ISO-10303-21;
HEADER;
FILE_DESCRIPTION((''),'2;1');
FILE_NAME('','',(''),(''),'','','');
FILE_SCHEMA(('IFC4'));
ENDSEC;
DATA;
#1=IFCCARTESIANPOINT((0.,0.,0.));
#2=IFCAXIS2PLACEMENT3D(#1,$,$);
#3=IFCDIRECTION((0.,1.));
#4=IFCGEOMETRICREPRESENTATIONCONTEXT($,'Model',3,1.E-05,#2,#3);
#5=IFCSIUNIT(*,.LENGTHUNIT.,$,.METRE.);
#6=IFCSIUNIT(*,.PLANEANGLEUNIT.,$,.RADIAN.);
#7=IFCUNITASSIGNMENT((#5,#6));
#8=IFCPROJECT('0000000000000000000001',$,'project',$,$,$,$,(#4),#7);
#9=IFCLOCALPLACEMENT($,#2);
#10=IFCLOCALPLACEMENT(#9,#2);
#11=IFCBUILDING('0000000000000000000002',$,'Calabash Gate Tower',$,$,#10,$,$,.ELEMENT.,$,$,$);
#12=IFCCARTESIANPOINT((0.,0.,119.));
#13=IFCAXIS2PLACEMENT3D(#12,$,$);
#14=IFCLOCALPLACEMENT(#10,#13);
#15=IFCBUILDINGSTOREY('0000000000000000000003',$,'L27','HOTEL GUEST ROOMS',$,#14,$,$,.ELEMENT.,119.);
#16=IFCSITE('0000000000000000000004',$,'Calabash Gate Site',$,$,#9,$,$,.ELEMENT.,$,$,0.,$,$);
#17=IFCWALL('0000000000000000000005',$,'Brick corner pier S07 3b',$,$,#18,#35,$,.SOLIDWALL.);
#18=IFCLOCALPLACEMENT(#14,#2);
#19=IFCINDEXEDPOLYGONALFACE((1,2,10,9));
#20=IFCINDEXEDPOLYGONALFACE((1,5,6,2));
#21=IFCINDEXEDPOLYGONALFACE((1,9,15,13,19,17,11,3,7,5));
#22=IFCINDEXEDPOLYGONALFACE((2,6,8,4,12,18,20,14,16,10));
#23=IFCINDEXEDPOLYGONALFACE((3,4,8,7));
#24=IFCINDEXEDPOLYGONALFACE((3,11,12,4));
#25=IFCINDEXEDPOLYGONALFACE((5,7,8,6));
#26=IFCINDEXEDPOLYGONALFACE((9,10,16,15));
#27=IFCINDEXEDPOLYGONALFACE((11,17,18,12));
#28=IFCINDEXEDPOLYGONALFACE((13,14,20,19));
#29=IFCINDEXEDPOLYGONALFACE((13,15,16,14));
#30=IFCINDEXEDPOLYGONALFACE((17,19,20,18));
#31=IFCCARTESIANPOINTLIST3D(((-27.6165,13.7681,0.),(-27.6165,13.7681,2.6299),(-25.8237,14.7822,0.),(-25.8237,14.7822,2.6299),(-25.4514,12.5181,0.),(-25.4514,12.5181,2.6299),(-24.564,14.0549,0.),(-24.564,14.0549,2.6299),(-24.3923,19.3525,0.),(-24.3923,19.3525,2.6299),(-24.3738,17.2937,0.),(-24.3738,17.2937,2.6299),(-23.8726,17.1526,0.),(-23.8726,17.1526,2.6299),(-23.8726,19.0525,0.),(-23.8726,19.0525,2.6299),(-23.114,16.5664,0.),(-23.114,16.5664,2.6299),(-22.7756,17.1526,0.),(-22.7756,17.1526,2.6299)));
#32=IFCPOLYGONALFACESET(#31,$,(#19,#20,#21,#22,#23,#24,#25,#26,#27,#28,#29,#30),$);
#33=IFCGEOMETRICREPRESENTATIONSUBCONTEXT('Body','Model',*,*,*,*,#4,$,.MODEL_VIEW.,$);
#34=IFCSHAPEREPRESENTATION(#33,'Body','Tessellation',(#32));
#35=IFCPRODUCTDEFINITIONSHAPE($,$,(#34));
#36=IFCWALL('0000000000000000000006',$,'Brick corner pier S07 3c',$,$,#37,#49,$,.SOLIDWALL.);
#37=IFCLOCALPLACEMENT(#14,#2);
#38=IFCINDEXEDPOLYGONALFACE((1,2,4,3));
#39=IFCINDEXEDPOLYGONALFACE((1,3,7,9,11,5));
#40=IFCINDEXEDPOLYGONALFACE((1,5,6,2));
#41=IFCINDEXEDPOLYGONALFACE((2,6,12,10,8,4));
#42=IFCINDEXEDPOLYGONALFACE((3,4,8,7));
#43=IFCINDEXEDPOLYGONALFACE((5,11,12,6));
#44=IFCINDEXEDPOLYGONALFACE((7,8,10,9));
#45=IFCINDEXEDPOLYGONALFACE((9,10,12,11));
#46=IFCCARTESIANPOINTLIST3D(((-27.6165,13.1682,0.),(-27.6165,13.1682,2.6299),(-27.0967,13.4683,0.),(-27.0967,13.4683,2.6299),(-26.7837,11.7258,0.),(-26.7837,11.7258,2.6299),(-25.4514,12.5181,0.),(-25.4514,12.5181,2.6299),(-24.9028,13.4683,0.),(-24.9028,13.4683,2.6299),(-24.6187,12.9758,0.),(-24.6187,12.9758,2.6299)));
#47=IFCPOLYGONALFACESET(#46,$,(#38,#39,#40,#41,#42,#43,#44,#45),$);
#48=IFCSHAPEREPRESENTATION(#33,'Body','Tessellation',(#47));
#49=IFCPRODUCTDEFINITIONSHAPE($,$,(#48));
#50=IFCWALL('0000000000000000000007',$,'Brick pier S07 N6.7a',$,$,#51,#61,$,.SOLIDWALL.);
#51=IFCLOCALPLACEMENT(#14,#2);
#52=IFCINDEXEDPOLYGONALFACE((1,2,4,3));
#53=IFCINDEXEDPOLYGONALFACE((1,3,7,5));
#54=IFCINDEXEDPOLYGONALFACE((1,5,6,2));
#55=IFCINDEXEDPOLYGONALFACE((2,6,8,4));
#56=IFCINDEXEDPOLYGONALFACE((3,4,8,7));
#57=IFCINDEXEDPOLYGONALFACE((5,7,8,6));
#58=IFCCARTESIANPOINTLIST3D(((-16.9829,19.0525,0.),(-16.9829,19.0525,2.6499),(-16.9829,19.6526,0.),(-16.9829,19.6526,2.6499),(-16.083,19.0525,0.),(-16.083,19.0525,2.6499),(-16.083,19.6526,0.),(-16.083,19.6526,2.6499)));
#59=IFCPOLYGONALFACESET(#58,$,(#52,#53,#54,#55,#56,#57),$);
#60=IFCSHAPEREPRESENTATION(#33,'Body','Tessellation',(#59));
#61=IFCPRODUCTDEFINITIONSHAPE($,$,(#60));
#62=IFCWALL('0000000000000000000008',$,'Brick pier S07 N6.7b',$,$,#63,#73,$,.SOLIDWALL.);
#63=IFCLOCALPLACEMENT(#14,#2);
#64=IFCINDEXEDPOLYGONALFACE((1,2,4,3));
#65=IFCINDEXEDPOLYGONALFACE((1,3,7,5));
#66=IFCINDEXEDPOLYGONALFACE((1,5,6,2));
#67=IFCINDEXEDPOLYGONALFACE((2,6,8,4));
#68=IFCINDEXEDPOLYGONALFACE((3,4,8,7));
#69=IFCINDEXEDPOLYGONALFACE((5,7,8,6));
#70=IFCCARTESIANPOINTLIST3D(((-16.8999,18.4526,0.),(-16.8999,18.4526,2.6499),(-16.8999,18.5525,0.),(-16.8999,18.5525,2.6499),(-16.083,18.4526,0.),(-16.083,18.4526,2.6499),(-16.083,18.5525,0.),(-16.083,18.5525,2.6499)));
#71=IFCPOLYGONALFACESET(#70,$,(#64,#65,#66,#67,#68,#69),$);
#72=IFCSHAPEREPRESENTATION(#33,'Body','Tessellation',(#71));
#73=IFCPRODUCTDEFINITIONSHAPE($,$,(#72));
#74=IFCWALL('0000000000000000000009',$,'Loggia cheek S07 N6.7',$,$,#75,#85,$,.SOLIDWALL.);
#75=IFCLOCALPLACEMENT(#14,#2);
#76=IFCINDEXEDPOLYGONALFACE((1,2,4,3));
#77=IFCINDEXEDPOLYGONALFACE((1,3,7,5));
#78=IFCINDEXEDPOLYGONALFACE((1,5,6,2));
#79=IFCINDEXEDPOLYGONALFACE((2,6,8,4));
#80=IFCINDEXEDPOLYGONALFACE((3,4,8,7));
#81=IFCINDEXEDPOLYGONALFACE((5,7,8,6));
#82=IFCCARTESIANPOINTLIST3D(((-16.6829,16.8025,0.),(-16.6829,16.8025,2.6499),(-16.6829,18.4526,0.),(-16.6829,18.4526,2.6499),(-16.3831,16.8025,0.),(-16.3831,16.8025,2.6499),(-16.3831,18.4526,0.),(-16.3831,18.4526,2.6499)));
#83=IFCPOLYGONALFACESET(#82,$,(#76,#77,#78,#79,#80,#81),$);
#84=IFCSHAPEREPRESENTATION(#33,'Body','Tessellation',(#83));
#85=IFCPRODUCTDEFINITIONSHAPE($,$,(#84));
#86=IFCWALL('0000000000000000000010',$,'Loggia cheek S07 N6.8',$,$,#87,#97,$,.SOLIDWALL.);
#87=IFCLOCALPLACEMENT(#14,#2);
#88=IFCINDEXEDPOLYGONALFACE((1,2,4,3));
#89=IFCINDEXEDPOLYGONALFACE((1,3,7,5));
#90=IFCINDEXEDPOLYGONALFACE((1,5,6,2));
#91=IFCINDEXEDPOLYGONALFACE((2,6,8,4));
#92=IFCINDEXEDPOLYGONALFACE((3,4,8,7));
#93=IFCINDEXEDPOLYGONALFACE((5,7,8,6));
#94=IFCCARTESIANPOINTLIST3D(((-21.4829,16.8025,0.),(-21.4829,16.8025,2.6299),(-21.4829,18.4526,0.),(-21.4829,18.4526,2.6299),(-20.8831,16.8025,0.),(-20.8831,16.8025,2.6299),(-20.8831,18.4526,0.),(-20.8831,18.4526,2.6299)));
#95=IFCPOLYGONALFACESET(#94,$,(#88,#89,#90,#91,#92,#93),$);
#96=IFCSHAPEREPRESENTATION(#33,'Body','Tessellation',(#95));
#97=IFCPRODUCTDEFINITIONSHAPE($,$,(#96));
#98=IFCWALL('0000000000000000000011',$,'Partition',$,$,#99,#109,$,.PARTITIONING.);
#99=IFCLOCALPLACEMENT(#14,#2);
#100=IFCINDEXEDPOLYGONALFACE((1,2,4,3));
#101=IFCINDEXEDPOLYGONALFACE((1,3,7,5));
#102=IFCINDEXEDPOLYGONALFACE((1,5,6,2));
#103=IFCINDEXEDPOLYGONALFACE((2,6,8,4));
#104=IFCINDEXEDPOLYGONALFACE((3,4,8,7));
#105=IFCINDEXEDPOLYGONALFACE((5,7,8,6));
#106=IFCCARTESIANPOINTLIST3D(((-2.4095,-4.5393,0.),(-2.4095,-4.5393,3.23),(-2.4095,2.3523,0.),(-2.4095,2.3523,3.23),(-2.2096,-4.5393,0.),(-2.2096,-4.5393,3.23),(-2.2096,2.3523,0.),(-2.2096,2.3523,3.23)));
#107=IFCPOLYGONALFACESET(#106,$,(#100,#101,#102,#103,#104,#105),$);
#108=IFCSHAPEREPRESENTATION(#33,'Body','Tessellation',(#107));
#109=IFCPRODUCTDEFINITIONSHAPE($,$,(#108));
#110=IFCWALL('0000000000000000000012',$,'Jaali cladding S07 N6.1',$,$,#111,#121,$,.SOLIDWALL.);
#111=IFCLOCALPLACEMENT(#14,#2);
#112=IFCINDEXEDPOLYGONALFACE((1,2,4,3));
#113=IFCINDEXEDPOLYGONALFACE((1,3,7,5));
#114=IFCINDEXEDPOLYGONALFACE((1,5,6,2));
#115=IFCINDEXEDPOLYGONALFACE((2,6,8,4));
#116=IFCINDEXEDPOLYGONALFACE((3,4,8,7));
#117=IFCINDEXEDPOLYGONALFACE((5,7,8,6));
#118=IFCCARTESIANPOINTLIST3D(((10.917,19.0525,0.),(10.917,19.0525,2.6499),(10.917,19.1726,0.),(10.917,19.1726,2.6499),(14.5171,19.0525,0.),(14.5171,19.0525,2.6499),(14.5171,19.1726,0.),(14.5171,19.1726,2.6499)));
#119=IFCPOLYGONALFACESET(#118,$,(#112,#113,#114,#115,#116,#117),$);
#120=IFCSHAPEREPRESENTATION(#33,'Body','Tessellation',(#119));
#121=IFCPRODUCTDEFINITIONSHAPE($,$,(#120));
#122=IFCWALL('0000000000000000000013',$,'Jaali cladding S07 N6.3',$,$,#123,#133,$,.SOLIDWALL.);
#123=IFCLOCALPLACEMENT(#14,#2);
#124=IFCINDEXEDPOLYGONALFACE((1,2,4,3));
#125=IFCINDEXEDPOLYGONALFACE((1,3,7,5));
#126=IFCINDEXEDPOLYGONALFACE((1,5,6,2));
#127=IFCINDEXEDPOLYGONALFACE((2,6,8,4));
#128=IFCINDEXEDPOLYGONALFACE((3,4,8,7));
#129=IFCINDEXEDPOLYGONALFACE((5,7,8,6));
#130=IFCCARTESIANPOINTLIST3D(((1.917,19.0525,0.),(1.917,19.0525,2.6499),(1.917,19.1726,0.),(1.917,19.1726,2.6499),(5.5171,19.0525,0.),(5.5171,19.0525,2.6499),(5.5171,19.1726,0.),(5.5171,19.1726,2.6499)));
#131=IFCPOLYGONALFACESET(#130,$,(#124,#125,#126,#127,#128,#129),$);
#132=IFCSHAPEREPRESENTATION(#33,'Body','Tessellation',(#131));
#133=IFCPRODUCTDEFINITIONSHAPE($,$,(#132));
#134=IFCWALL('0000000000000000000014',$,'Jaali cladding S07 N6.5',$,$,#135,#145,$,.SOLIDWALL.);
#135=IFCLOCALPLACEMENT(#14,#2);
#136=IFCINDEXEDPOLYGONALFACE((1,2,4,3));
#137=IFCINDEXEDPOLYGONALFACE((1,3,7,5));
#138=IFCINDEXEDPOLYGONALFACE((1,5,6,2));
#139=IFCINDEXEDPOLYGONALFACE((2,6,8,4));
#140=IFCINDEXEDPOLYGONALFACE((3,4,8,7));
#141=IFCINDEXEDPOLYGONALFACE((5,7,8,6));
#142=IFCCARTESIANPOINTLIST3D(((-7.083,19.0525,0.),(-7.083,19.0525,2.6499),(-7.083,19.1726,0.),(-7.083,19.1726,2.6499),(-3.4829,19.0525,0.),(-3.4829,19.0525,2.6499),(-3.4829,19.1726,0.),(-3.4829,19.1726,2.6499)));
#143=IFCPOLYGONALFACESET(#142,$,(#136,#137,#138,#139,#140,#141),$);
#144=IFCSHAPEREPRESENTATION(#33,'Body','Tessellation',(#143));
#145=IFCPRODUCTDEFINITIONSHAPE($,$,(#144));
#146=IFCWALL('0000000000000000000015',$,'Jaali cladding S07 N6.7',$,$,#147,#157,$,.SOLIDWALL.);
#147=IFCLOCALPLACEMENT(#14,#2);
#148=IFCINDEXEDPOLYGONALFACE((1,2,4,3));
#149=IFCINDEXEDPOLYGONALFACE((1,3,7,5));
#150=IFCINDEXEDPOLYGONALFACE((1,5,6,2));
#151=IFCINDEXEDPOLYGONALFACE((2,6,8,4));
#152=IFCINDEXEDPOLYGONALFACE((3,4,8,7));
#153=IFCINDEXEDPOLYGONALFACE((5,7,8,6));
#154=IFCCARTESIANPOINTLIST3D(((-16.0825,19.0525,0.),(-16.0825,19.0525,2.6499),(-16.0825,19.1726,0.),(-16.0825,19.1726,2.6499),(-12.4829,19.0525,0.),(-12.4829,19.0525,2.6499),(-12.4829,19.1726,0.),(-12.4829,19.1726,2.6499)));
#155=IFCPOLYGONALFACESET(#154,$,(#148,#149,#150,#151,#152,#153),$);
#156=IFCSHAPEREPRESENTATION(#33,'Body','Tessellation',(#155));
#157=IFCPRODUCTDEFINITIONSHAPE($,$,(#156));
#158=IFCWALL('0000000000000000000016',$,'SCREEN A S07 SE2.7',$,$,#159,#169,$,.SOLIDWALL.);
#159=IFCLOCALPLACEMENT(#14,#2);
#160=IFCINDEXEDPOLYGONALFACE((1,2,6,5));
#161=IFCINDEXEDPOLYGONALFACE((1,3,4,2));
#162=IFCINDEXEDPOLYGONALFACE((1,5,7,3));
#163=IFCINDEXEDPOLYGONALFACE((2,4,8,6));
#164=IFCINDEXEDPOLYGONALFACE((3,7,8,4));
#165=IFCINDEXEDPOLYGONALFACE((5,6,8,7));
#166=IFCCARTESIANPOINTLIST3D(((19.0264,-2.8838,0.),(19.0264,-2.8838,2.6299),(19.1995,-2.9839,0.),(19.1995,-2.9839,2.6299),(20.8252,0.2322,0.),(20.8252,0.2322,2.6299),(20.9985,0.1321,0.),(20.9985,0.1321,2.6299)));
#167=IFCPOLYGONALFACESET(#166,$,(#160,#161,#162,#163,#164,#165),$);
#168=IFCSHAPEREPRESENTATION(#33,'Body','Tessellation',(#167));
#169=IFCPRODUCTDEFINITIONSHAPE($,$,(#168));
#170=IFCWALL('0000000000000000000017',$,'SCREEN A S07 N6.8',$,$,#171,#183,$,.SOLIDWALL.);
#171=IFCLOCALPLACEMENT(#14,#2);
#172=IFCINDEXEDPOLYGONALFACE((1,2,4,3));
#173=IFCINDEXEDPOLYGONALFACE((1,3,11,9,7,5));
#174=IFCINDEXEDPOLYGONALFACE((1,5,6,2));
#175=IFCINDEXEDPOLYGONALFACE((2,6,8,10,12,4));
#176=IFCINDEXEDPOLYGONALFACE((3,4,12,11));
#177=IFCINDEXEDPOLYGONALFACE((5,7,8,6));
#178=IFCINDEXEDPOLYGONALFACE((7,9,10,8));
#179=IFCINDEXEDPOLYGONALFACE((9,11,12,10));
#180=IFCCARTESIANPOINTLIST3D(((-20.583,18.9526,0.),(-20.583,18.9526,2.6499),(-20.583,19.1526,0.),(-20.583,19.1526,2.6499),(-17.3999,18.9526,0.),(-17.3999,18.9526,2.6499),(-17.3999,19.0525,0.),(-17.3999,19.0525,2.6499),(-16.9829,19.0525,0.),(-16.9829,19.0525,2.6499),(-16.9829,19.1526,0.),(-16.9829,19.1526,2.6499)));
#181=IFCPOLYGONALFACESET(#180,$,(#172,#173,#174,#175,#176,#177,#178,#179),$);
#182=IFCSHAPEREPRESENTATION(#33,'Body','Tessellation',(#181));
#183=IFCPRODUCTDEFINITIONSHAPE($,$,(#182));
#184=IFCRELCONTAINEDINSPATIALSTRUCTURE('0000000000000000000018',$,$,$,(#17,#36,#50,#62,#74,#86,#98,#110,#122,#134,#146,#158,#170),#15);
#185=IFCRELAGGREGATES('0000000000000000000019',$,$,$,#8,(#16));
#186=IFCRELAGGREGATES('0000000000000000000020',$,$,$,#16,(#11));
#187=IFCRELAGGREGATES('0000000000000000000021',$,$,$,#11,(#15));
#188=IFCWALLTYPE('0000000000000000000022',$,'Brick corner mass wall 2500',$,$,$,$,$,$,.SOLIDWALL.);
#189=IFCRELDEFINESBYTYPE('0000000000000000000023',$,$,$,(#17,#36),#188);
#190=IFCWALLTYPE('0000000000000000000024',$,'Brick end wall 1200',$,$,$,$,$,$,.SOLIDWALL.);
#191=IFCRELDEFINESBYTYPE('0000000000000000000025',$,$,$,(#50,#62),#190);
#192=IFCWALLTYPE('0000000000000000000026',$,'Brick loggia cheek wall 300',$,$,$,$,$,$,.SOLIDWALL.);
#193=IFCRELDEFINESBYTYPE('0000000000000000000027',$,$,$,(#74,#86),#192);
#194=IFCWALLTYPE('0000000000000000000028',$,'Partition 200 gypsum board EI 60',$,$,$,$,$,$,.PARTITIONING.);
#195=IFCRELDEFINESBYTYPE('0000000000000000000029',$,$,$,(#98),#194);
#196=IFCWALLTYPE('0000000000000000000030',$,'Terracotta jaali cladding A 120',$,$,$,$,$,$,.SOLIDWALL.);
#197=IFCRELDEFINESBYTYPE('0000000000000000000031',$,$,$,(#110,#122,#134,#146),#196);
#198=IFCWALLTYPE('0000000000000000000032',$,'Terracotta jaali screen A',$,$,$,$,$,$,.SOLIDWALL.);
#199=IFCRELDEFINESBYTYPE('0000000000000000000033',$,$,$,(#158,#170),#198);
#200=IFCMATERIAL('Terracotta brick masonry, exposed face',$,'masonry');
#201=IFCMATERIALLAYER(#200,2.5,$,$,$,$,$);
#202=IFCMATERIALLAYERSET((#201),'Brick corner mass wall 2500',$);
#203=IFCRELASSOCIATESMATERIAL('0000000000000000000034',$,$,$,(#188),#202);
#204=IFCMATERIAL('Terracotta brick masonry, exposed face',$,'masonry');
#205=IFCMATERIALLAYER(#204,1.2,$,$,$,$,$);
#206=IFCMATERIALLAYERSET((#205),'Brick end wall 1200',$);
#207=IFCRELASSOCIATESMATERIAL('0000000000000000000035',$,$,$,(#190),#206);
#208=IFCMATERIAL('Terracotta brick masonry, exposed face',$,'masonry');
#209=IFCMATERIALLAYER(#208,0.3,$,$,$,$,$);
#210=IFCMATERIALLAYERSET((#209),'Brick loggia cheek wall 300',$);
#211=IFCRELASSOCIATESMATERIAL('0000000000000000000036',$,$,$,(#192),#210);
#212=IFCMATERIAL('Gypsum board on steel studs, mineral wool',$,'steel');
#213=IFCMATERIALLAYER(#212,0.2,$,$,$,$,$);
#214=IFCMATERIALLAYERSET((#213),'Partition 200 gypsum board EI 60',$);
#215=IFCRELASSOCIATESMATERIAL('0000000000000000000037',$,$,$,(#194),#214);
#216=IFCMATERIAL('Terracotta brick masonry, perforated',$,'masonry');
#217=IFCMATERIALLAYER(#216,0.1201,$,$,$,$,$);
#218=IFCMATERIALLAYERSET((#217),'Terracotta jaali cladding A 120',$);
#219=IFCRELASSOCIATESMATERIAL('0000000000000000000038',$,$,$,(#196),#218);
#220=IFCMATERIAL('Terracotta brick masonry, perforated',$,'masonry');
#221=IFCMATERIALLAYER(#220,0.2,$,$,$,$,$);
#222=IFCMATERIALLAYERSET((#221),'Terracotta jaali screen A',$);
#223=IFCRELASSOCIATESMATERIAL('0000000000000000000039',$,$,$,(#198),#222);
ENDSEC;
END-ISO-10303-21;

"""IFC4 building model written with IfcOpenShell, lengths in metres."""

from ifc_helpers import new_model, si_unit, direction, frame, frame_2d, origin, place, context, subcontext, project, spatial, polyline, rectangle, outline, extrude, material, layer, layer_set, type_object, element, save


model = new_model("IFC4")

# Units and contexts
model_context = context("Model", 3, precision=1e-05, world=origin(), true_north=direction((0.0, 1.0)))
body_context = subcontext(model_context, "Body", "Model", "MODEL_VIEW")
ifc_project = project(units=[si_unit("LENGTHUNIT", "METRE"), si_unit("PLANEANGLEUNIT", "RADIAN")], contexts=[model_context])

# Site, building, storey
site_placement = place(None, origin())
site = spatial("IfcSite", under=ifc_project, at=site_placement, Name="Calabash Gate Site", CompositionType="ELEMENT", RefElevation=0.0)
building_placement = place(site_placement, origin())
building = spatial("IfcBuilding", under=site, at=building_placement, Name="Calabash Gate Tower", CompositionType="ELEMENT")
storey_placement = place(building_placement, frame((0.0, 0.0, 119.0)))
storey = spatial("IfcBuildingStorey", under=building, at=storey_placement, Name="L27", Description="HOTEL GUEST ROOMS", CompositionType="ELEMENT", Elevation=119.0)

# Walls
ifc_material_1 = material(Name="Terracotta brick masonry, exposed face", Category="masonry")
ifc_layer_1 = layer(ifc_material_1, 2.5)
ifc_layer_set_1 = layer_set([ifc_layer_1], Name="Brick corner mass wall 2500")
wall_type_1 = type_object("IfcWallType", Name="Brick corner mass wall 2500", PredefinedType="SOLIDWALL", material=ifc_layer_set_1)
wall_1_placement = place(storey_placement, origin())
element("IfcWall", 1, at=wall_1_placement, inside=storey, type_object=wall_type_1, Name="Brick corner pier S07 3b", PredefinedType="SOLIDWALL", context=body_context, shape_type="SweptSolid", body=[
    extrude(outline(polyline([(-23.114, 16.5664), (-22.7756, 17.1526), (-23.8726, 17.1526), (-23.8726, 19.0525), (-24.3923, 19.3525), (-27.6165, 13.7681), (-25.4514, 12.5181), (-24.564, 14.0549), (-25.8237, 14.7822), (-24.3738, 17.2937), (-23.114, 16.5664)])), origin(), (0.0, 0.0, 1.0), 2.6299),
])
wall_2_placement = place(storey_placement, origin())
element("IfcWall", 2, at=wall_2_placement, inside=storey, type_object=wall_type_1, Name="Brick corner pier S07 3c", PredefinedType="SOLIDWALL", context=body_context, shape_type="SweptSolid", body=[
    extrude(outline(polyline([(-26.7837, 11.7258), (-24.6187, 12.9758), (-24.9028, 13.4683), (-25.4514, 12.5181), (-27.0967, 13.4683), (-27.6165, 13.1682), (-26.7837, 11.7258)])), origin(), (0.0, 0.0, 1.0), 2.6299),
])
ifc_material_2 = material(Name="Terracotta brick masonry, exposed face", Category="masonry")
ifc_layer_2 = layer(ifc_material_2, 1.2)
ifc_layer_set_2 = layer_set([ifc_layer_2], Name="Brick end wall 1200")
wall_type_2 = type_object("IfcWallType", Name="Brick end wall 1200", PredefinedType="SOLIDWALL", material=ifc_layer_set_2)
wall_3_placement = place(storey_placement, origin())
element("IfcWall", 3, at=wall_3_placement, inside=storey, type_object=wall_type_2, Name="Brick pier S07 N6.7a", PredefinedType="SOLIDWALL", context=body_context, shape_type="SweptSolid", body=[
    extrude(outline(polyline([(-16.083, 19.0525), (-16.083, 19.6526), (-16.9829, 19.6526), (-16.9829, 19.0525), (-16.083, 19.0525)])), origin(), (0.0, 0.0, 1.0), 2.6499),
])
wall_4_placement = place(storey_placement, origin())
element("IfcWall", 4, at=wall_4_placement, inside=storey, type_object=wall_type_2, Name="Brick pier S07 N6.7b", PredefinedType="SOLIDWALL", context=body_context, shape_type="SweptSolid", body=[
    extrude(outline(polyline([(-16.083, 18.4526), (-16.083, 18.5525), (-16.8999, 18.5525), (-16.8999, 18.4526), (-16.083, 18.4526)])), origin(), (0.0, 0.0, 1.0), 2.6499),
])
ifc_material_3 = material(Name="Terracotta brick masonry, exposed face", Category="masonry")
ifc_layer_3 = layer(ifc_material_3, 0.3)
ifc_layer_set_3 = layer_set([ifc_layer_3], Name="Brick loggia cheek wall 300")
wall_type_3 = type_object("IfcWallType", Name="Brick loggia cheek wall 300", PredefinedType="SOLIDWALL", material=ifc_layer_set_3)
wall_5_placement = place(storey_placement, origin())
element("IfcWall", 5, at=wall_5_placement, inside=storey, type_object=wall_type_3, Name="Loggia cheek S07 N6.7", PredefinedType="SOLIDWALL", context=body_context, shape_type="SweptSolid", body=[
    extrude(outline(polyline([(-16.3831, 16.8025), (-16.3831, 18.4526), (-16.6829, 18.4526), (-16.6829, 16.8025), (-16.3831, 16.8025)])), origin(), (0.0, 0.0, 1.0), 2.6499),
])
wall_6_placement = place(storey_placement, origin())
element("IfcWall", 6, at=wall_6_placement, inside=storey, type_object=wall_type_3, Name="Loggia cheek S07 N6.8", PredefinedType="SOLIDWALL", context=body_context, shape_type="SweptSolid", body=[
    extrude(outline(polyline([(-21.4829, 18.4526), (-21.4829, 16.8025), (-20.8831, 16.8025), (-20.8831, 18.4526), (-21.4829, 18.4526)])), origin(), (0.0, 0.0, 1.0), 2.6299),
])
ifc_material_4 = material(Name="Gypsum board on steel studs, mineral wool", Category="steel")
ifc_layer_4 = layer(ifc_material_4, 0.2)
ifc_layer_set_4 = layer_set([ifc_layer_4], Name="Partition 200 gypsum board EI 60")
wall_type_4 = type_object("IfcWallType", Name="Partition 200 gypsum board EI 60", PredefinedType="PARTITIONING", material=ifc_layer_set_4)
wall_7_placement = place(storey_placement, frame((-2.3096, -4.5393, 0.0), z_axis=(0.0, 0.0, 1.0), x_axis=(0.0, 1.0, 0.0)))
element("IfcWall", 7, at=wall_7_placement, inside=storey, type_object=wall_type_4, Name="Partition", PredefinedType="PARTITIONING", context=body_context, shape_type="SweptSolid", body=[
    extrude(rectangle(XDim=6.8916, YDim=0.2, at=frame_2d((3.4458, 0.0))), origin(), (0.0, 0.0, 1.0), 3.23),
])
ifc_material_5 = material(Name="Terracotta brick masonry, perforated", Category="masonry")
ifc_layer_5 = layer(ifc_material_5, 0.1201)
ifc_layer_set_5 = layer_set([ifc_layer_5], Name="Terracotta jaali cladding A 120")
wall_type_5 = type_object("IfcWallType", Name="Terracotta jaali cladding A 120", PredefinedType="SOLIDWALL", material=ifc_layer_set_5)
wall_8_placement = place(storey_placement, origin())
element("IfcWall", 8, at=wall_8_placement, inside=storey, type_object=wall_type_5, Name="Jaali cladding S07 N6.1", PredefinedType="SOLIDWALL", context=body_context, shape_type="SweptSolid", body=[
    extrude(outline(polyline([(10.917, 19.1726), (10.917, 19.0525), (14.5171, 19.0525), (14.5171, 19.1726), (10.917, 19.1726)])), origin(), (0.0, 0.0, 1.0), 2.6499),
])
wall_9_placement = place(storey_placement, origin())
element("IfcWall", 9, at=wall_9_placement, inside=storey, type_object=wall_type_5, Name="Jaali cladding S07 N6.3", PredefinedType="SOLIDWALL", context=body_context, shape_type="SweptSolid", body=[
    extrude(outline(polyline([(1.917, 19.1726), (1.917, 19.0525), (5.5171, 19.0525), (5.5171, 19.1726), (1.917, 19.1726)])), origin(), (0.0, 0.0, 1.0), 2.6499),
])
wall_10_placement = place(storey_placement, origin())
element("IfcWall", 10, at=wall_10_placement, inside=storey, type_object=wall_type_5, Name="Jaali cladding S07 N6.5", PredefinedType="SOLIDWALL", context=body_context, shape_type="SweptSolid", body=[
    extrude(outline(polyline([(-7.083, 19.1726), (-7.083, 19.0525), (-3.4829, 19.0525), (-3.4829, 19.1726), (-7.083, 19.1726)])), origin(), (0.0, 0.0, 1.0), 2.6499),
])
wall_11_placement = place(storey_placement, origin())
element("IfcWall", 11, at=wall_11_placement, inside=storey, type_object=wall_type_5, Name="Jaali cladding S07 N6.7", PredefinedType="SOLIDWALL", context=body_context, shape_type="SweptSolid", body=[
    extrude(outline(polyline([(-16.0825, 19.1726), (-16.0825, 19.0525), (-12.4829, 19.0525), (-12.4829, 19.1726), (-16.0825, 19.1726)])), origin(), (0.0, 0.0, 1.0), 2.6499),
])
ifc_material_6 = material(Name="Terracotta brick masonry, perforated", Category="masonry")
ifc_layer_6 = layer(ifc_material_6, 0.2)
ifc_layer_set_6 = layer_set([ifc_layer_6], Name="Terracotta jaali screen A")
wall_type_6 = type_object("IfcWallType", Name="Terracotta jaali screen A", PredefinedType="SOLIDWALL", material=ifc_layer_set_6)
wall_12_placement = place(storey_placement, origin())
element("IfcWall", 12, at=wall_12_placement, inside=storey, type_object=wall_type_6, Name="SCREEN A S07 SE2.7", PredefinedType="SOLIDWALL", context=body_context, shape_type="SweptSolid", body=[
    extrude(outline(polyline([(20.8252, 0.2322), (19.0264, -2.8838), (19.1995, -2.9839), (20.9985, 0.1321), (20.8252, 0.2322)])), origin(), (0.0, 0.0, 1.0), 2.6299),
])
wall_13_placement = place(storey_placement, origin())
element("IfcWall", 13, at=wall_13_placement, inside=storey, type_object=wall_type_6, Name="SCREEN A S07 N6.8", PredefinedType="SOLIDWALL", context=body_context, shape_type="SweptSolid", body=[
    extrude(outline(polyline([(-20.583, 19.1526), (-20.583, 18.9526), (-17.3999, 18.9526), (-17.3999, 19.0525), (-16.9829, 19.0525), (-16.9829, 19.1526), (-20.583, 19.1526)])), origin(), (0.0, 0.0, 1.0), 2.6499),
])

save(model, "model.ifc")
